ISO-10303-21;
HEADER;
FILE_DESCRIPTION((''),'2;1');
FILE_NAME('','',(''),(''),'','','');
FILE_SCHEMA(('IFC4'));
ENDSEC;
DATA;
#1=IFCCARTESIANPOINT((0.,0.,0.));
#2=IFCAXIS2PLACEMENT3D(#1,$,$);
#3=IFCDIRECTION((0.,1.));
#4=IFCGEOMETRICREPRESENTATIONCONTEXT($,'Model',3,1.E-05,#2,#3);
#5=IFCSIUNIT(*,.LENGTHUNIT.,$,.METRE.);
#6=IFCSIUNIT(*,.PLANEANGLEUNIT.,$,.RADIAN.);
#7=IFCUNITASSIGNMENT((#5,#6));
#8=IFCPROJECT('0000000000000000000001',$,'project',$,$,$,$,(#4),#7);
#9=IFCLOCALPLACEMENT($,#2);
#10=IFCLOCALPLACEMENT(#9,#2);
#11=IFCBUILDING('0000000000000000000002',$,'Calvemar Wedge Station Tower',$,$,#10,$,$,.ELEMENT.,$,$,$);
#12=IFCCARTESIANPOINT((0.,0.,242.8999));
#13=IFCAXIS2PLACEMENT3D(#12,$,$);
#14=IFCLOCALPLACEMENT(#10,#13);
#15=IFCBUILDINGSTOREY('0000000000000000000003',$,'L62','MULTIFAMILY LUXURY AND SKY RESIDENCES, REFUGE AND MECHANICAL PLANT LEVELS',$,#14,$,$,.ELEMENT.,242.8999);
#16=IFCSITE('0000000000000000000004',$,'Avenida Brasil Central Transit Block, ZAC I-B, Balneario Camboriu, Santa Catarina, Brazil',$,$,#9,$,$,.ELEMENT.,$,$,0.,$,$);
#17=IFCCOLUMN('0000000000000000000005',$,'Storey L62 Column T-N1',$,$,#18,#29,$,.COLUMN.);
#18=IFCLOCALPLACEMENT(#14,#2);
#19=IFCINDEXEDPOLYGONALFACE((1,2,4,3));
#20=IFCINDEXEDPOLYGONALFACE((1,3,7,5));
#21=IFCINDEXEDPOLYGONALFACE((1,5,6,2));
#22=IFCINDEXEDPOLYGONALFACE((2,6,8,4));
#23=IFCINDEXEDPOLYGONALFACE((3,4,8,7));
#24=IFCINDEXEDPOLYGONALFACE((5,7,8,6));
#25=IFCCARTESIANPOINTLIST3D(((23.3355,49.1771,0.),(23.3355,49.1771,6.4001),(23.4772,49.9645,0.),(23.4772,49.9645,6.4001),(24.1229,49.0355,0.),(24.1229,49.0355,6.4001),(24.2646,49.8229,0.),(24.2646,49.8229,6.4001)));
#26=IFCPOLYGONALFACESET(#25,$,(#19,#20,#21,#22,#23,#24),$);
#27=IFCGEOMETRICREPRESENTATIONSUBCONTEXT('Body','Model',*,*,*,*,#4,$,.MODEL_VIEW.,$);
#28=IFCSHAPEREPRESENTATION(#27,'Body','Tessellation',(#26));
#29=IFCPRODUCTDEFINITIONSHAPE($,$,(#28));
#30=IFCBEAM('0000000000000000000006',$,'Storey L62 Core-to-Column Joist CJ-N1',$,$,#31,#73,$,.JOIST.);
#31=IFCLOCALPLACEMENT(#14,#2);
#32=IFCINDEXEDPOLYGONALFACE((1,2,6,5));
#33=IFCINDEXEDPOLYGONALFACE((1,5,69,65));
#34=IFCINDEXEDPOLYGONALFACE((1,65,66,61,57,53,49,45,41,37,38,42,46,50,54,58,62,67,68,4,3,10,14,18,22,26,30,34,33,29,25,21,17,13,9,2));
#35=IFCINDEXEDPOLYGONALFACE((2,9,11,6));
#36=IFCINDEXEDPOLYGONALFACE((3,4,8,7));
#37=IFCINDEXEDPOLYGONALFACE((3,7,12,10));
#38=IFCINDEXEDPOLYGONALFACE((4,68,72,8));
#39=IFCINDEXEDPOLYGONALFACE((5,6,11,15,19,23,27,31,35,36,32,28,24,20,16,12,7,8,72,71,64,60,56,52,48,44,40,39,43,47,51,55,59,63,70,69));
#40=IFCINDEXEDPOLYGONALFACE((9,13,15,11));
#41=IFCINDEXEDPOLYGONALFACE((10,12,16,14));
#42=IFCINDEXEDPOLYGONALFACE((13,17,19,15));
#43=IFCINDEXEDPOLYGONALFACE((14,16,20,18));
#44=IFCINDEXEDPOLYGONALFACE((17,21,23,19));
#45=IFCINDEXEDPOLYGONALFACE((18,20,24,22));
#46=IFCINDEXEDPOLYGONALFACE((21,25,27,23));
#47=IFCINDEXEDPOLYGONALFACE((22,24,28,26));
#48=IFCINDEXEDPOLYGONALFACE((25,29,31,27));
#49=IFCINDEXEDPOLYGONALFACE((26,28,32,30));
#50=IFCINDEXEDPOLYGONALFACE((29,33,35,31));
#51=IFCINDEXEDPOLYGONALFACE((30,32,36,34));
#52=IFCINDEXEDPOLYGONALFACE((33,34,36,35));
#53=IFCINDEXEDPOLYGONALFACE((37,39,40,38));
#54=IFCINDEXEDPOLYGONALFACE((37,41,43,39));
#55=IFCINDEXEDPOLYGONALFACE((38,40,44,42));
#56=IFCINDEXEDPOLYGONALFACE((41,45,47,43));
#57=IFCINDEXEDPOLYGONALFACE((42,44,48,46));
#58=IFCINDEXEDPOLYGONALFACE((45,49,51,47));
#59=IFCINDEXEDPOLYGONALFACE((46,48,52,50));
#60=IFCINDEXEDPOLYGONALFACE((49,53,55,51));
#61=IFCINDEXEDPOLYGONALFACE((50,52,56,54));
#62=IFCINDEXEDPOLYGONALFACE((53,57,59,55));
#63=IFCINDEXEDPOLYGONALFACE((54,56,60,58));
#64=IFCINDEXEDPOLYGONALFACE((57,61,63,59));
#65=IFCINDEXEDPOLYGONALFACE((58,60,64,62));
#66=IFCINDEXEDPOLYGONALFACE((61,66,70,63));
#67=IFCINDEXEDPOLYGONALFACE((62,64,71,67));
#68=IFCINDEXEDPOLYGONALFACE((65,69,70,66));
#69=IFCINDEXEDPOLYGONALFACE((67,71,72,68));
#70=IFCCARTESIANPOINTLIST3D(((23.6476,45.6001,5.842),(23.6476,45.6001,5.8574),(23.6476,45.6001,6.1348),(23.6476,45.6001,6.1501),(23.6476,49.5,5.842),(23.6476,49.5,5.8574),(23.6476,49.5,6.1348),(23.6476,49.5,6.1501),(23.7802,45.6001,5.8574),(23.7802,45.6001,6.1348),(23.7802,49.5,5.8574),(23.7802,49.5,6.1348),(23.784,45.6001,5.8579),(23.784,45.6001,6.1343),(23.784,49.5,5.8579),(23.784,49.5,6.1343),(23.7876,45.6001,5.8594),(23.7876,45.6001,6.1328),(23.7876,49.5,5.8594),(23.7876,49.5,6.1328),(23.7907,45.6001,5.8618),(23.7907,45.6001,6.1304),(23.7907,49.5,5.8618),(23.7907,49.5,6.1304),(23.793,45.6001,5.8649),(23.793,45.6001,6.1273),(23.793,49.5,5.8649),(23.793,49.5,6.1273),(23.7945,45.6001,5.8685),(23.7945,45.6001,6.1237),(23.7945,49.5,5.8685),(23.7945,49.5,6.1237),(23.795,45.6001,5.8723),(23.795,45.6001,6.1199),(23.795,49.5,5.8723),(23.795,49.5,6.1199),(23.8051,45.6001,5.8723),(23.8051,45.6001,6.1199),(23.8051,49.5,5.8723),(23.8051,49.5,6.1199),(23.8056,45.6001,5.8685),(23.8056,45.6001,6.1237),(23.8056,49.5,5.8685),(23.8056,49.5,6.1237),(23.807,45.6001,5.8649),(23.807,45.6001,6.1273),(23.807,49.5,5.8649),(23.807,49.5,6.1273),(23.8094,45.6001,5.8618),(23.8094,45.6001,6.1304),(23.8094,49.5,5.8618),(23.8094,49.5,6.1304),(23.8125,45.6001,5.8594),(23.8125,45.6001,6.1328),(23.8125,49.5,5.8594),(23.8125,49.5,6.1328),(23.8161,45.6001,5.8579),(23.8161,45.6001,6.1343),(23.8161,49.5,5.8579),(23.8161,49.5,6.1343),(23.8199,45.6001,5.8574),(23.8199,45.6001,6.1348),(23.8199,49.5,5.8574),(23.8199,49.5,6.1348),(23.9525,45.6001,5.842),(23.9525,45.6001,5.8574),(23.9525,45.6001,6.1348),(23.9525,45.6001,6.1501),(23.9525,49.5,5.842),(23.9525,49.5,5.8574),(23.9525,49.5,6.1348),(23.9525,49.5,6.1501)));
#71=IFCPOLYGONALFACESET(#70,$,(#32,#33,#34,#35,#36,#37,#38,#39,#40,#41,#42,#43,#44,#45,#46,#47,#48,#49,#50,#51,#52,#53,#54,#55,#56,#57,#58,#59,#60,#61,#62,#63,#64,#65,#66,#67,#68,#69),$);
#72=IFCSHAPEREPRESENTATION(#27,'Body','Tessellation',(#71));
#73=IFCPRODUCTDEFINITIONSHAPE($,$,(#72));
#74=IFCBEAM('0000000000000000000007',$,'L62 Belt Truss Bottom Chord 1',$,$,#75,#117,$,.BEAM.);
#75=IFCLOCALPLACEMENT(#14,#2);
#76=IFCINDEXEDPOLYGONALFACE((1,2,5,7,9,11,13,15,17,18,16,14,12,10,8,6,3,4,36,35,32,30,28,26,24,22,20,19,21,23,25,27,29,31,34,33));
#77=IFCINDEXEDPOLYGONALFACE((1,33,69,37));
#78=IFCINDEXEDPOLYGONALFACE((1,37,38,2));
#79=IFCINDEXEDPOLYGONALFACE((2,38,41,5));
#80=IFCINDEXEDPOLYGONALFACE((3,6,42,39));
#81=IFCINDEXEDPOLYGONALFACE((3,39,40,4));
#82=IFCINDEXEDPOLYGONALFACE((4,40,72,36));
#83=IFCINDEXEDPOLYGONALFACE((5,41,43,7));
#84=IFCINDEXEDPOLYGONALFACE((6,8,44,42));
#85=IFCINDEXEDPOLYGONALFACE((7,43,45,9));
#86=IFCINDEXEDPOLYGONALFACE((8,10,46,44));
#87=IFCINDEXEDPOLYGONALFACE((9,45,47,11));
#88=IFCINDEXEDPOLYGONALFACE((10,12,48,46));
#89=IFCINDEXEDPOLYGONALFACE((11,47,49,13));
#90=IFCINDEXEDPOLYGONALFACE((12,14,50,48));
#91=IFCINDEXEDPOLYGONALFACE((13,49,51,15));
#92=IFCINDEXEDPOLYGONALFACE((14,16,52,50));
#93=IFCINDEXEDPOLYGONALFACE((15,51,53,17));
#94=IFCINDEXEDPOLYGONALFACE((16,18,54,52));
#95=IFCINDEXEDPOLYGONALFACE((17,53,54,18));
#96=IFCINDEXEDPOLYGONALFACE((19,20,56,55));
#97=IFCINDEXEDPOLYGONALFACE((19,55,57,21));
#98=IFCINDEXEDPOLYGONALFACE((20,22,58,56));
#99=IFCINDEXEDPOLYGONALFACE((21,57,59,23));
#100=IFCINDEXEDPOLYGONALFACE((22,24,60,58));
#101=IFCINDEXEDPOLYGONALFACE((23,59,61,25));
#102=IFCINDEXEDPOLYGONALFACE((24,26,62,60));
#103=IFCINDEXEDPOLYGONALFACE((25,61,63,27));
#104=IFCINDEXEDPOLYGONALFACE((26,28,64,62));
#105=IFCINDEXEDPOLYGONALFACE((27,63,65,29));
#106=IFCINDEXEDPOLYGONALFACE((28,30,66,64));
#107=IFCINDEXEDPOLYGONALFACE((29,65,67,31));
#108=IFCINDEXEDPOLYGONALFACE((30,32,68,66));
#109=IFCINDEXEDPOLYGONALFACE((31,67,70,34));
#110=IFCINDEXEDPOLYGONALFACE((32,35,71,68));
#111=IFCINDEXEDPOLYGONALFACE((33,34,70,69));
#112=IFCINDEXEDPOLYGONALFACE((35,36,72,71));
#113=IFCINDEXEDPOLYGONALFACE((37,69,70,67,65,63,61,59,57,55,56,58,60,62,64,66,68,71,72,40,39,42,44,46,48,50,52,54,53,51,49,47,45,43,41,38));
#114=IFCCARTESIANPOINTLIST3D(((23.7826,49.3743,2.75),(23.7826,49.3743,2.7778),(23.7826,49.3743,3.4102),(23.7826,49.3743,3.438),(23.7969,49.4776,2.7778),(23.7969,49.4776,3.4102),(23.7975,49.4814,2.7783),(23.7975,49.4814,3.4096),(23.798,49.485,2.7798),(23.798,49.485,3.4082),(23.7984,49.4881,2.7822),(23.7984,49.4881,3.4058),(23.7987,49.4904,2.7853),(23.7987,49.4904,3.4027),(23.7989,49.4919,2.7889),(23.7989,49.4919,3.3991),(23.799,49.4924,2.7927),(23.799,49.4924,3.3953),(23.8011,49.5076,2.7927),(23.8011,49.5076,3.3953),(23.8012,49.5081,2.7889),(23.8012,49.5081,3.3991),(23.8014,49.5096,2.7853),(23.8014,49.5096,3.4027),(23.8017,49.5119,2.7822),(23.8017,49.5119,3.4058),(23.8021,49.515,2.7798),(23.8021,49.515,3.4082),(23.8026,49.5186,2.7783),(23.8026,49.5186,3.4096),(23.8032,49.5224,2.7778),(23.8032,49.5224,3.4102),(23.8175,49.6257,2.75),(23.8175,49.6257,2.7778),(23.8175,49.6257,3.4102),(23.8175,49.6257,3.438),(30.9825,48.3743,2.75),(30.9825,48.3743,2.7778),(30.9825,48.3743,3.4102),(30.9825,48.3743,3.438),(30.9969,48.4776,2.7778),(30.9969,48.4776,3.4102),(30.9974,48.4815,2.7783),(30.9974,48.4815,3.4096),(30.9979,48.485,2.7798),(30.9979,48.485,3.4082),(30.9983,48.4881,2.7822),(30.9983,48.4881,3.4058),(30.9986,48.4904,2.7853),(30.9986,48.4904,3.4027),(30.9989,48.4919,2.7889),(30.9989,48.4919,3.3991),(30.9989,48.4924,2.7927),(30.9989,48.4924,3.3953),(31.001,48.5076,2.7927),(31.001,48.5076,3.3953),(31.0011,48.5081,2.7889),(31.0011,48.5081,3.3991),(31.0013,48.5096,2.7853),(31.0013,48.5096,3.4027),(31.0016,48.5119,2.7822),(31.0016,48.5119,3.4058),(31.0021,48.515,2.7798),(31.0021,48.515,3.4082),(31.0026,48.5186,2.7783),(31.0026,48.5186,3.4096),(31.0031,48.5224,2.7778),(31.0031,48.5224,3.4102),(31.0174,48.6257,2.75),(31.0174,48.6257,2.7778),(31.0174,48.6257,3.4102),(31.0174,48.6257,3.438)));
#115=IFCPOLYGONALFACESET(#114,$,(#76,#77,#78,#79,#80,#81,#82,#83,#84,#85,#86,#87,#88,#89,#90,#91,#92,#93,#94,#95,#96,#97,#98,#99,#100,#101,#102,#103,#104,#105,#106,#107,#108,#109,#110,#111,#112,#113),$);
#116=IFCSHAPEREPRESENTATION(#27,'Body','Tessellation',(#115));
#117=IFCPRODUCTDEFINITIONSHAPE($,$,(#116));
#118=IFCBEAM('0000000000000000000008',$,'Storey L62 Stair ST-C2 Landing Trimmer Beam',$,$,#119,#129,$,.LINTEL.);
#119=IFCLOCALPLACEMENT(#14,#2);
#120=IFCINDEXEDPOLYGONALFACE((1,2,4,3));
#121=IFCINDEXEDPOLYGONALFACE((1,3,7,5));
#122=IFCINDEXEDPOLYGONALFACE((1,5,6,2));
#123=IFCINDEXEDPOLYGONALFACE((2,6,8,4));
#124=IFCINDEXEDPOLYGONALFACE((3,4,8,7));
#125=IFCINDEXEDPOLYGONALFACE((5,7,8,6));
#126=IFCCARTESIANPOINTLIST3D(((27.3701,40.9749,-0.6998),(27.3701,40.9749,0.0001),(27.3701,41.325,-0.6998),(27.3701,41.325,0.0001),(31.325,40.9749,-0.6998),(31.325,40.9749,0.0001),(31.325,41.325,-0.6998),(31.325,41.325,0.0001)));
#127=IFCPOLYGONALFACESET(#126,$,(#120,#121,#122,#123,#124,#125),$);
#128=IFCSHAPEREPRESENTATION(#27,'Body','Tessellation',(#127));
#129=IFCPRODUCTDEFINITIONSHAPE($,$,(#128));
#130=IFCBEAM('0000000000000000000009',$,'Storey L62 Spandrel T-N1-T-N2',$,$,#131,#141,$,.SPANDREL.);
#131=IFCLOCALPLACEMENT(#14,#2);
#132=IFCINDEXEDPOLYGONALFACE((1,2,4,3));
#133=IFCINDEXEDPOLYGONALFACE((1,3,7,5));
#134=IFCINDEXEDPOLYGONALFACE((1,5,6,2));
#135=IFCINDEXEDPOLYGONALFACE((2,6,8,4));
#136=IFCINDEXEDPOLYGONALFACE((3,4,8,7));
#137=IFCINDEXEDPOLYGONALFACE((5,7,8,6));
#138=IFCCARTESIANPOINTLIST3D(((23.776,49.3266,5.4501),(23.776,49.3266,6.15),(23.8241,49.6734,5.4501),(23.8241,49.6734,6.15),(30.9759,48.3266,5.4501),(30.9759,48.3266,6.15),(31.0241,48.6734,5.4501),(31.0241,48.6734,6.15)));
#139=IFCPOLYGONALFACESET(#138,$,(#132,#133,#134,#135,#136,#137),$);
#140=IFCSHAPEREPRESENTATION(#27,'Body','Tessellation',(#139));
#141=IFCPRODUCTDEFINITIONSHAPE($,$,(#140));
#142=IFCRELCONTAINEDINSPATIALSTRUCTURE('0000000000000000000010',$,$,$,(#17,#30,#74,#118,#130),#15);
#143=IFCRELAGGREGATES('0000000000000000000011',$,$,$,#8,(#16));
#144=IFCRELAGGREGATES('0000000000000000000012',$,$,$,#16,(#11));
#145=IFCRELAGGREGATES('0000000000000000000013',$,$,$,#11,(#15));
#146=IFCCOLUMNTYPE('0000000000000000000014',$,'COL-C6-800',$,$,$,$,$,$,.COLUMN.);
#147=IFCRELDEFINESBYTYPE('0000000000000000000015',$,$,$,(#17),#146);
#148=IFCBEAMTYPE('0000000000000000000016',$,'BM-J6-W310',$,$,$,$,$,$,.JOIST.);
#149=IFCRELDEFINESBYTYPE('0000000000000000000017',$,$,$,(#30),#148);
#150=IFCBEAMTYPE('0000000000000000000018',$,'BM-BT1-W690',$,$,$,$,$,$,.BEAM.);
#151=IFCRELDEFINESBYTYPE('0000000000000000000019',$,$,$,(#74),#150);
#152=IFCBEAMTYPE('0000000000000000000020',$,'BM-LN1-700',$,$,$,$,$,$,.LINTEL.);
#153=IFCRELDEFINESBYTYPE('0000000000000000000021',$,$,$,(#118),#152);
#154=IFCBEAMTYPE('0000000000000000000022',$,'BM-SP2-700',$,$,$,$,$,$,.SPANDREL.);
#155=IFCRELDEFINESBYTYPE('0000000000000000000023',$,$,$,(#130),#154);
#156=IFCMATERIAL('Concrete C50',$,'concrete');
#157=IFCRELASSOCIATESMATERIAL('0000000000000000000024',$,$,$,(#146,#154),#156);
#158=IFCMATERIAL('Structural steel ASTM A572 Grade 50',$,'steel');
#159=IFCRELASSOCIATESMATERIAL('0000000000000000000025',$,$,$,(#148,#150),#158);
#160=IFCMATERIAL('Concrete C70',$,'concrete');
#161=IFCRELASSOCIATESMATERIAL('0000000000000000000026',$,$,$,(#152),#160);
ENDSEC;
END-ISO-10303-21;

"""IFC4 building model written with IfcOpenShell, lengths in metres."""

from ifc_helpers import new_model, si_unit, direction, frame, origin, origin_2d, place, context, subcontext, project, spatial, rectangle, i_section, extrude, source, transform, mapped, material, material_profile, profile_set, type_object, element, save


model = new_model("IFC4")

# Units and contexts
model_context = context("Model", 3, precision=1e-05, world=origin(), true_north=direction((0.0, 1.0)))
body_context = subcontext(model_context, "Body", "Model", "MODEL_VIEW")
ifc_project = project(units=[si_unit("LENGTHUNIT", "METRE"), si_unit("PLANEANGLEUNIT", "RADIAN")], contexts=[model_context])

# Site, building, storey
site_placement = place(None, origin())
site = spatial("IfcSite", under=ifc_project, at=site_placement, Name="Avenida Brasil Central Transit Block, ZAC I-B, Balneario Camboriu, Santa Catarina, Brazil", CompositionType="ELEMENT", RefElevation=0.0)
building_placement = place(site_placement, origin())
building = spatial("IfcBuilding", under=site, at=building_placement, Name="Calvemar Wedge Station Tower", CompositionType="ELEMENT")
storey_placement = place(building_placement, frame((0.0, 0.0, 242.8999)))
storey = spatial("IfcBuildingStorey", under=building, at=storey_placement, Name="L62", Description="MULTIFAMILY LUXURY AND SKY RESIDENCES, REFUGE AND MECHANICAL PLANT LEVELS", CompositionType="ELEMENT", Elevation=242.8999)

# Column
ifc_material_1 = material(Name="Concrete C50", Category="concrete")
ifc_material_profile_1 = material_profile(ifc_material_1, rectangle(XDim=0.8, YDim=0.8, at=origin_2d()), Name="RC800x800")
ifc_profile_set_1 = profile_set([ifc_material_profile_1], Name="Concrete C50")
column_type = type_object("IfcColumnType", Name="COL-C6-800", PredefinedType="COLUMN", material=ifc_profile_set_1)
shared_shape_1 = source(origin(), body_context, "Body", "SweptSolid", [
    extrude(rectangle(XDim=0.8, YDim=0.8, at=origin_2d()), origin(), (0.0, 0.0, 1.0), 6.4001),
])
column_placement = place(storey_placement, frame((23.8, 49.5, 0.0), z_axis=(0.0, 0.0, 1.0), x_axis=(0.984196, -0.177085, 0.0)))
element("IfcColumn", 1, at=column_placement, inside=storey, type_object=column_type, Name="Storey L62 Column T-N1", PredefinedType="COLUMN", context=body_context, shape_type="MappedRepresentation", body=[
    mapped(shared_shape_1, transform((0.0, 0.0, 0.0), scale=1.0)),
])

# Beams
ifc_material_2 = material(Name="Structural steel ASTM A572 Grade 50", Category="steel")
ifc_material_profile_2 = material_profile(ifc_material_2, i_section(OverallWidth=0.3049, OverallDepth=0.3081, WebThickness=0.01, FlangeThickness=0.0154, FilletRadius=0.0149, at=origin_2d()), Name="W310x97")
ifc_profile_set_2 = profile_set([ifc_material_profile_2], Name="Structural steel ASTM A572 Grade 50")
beam_type_1 = type_object("IfcBeamType", Name="BM-J6-W310", PredefinedType="JOIST", material=ifc_profile_set_2)
shared_shape_2 = source(origin(), body_context, "Body", "SweptSolid", [
    extrude(i_section(OverallWidth=0.3049, OverallDepth=0.3081, WebThickness=0.01, FlangeThickness=0.0154, FilletRadius=0.0149, at=origin_2d()), origin(), (0.0, 0.0, 1.0), 3.8999),
])
beam_1_placement = place(storey_placement, frame((23.8, 45.6001, 5.9961), z_axis=(0.0, 1.0, 0.0), x_axis=(-1.0, 0.0, 0.0)))
element("IfcBeam", 2, at=beam_1_placement, inside=storey, type_object=beam_type_1, Name="Storey L62 Core-to-Column Joist CJ-N1", PredefinedType="JOIST", context=body_context, shape_type="MappedRepresentation", body=[
    mapped(shared_shape_2, transform((0.0, 0.0, 0.0), scale=1.0)),
])
ifc_material_profile_3 = material_profile(ifc_material_2, i_section(OverallWidth=0.2539, OverallDepth=0.688, WebThickness=0.0154, FlangeThickness=0.0278, FilletRadius=0.0149, at=origin_2d()), Name="W690x192")
ifc_profile_set_3 = profile_set([ifc_material_profile_3], Name="Structural steel ASTM A572 Grade 50")
beam_type_2 = type_object("IfcBeamType", Name="BM-BT1-W690", PredefinedType="BEAM", material=ifc_profile_set_3)
shared_shape_3 = source(origin(), body_context, "Body", "SweptSolid", [
    extrude(i_section(OverallWidth=0.2539, OverallDepth=0.688, WebThickness=0.0154, FlangeThickness=0.0278, FilletRadius=0.0149, at=origin_2d()), origin(), (0.0, 0.0, 1.0), 7.269),
])
beam_2_placement = place(storey_placement, frame((23.8, 49.5, 3.094), z_axis=(0.990492, -0.137569, 0.0), x_axis=(0.137569, 0.990492, 0.0)))
element("IfcBeam", 3, at=beam_2_placement, inside=storey, type_object=beam_type_2, Name="L62 Belt Truss Bottom Chord 1", PredefinedType="BEAM", context=body_context, shape_type="MappedRepresentation", body=[
    mapped(shared_shape_3, transform((0.0, 0.0, 0.0), scale=1.0)),
])
ifc_material_3 = material(Name="Concrete C70", Category="concrete")
ifc_material_profile_4 = material_profile(ifc_material_3, rectangle(XDim=0.3501, YDim=0.7, at=origin_2d()), Name="RC350x700")
ifc_profile_set_4 = profile_set([ifc_material_profile_4], Name="Concrete C70")
beam_type_3 = type_object("IfcBeamType", Name="BM-LN1-700", PredefinedType="LINTEL", material=ifc_profile_set_4)
shared_shape_4 = source(origin(), body_context, "Body", "SweptSolid", [
    extrude(rectangle(XDim=0.3501, YDim=0.7, at=origin_2d()), origin(), (0.0, 0.0, 1.0), 3.9548),
])
beam_3_placement = place(storey_placement, frame((27.3701, 41.1499, -0.3499), z_axis=(1.0, 0.0, 0.0), x_axis=(0.0, 1.0, 0.0)))
element("IfcBeam", 4, at=beam_3_placement, inside=storey, type_object=beam_type_3, Name="Storey L62 Stair ST-C2 Landing Trimmer Beam", PredefinedType="LINTEL", context=body_context, shape_type="MappedRepresentation", body=[
    mapped(shared_shape_4, transform((0.0, 0.0, 0.0), scale=1.0)),
])
ifc_material_profile_5 = material_profile(ifc_material_1, rectangle(XDim=0.3501, YDim=0.7, at=origin_2d()), Name="RC350x700")
ifc_profile_set_5 = profile_set([ifc_material_profile_5], Name="Concrete C50")
beam_type_4 = type_object("IfcBeamType", Name="BM-SP2-700", PredefinedType="SPANDREL", material=ifc_profile_set_5)
shared_shape_5 = source(origin(), body_context, "Body", "SweptSolid", [
    extrude(rectangle(XDim=0.3501, YDim=0.7, at=origin_2d()), origin(), (0.0, 0.0, 1.0), 7.269),
])
beam_4_placement = place(storey_placement, frame((23.8, 49.5, 5.8), z_axis=(0.990492, -0.137569, 0.0), x_axis=(0.137569, 0.990492, 0.0)))
element("IfcBeam", 5, at=beam_4_placement, inside=storey, type_object=beam_type_4, Name="Storey L62 Spandrel T-N1-T-N2", PredefinedType="SPANDREL", context=body_context, shape_type="MappedRepresentation", body=[
    mapped(shared_shape_5, transform((0.0, 0.0, 0.0), scale=1.0)),
])

save(model, "model.ifc")
